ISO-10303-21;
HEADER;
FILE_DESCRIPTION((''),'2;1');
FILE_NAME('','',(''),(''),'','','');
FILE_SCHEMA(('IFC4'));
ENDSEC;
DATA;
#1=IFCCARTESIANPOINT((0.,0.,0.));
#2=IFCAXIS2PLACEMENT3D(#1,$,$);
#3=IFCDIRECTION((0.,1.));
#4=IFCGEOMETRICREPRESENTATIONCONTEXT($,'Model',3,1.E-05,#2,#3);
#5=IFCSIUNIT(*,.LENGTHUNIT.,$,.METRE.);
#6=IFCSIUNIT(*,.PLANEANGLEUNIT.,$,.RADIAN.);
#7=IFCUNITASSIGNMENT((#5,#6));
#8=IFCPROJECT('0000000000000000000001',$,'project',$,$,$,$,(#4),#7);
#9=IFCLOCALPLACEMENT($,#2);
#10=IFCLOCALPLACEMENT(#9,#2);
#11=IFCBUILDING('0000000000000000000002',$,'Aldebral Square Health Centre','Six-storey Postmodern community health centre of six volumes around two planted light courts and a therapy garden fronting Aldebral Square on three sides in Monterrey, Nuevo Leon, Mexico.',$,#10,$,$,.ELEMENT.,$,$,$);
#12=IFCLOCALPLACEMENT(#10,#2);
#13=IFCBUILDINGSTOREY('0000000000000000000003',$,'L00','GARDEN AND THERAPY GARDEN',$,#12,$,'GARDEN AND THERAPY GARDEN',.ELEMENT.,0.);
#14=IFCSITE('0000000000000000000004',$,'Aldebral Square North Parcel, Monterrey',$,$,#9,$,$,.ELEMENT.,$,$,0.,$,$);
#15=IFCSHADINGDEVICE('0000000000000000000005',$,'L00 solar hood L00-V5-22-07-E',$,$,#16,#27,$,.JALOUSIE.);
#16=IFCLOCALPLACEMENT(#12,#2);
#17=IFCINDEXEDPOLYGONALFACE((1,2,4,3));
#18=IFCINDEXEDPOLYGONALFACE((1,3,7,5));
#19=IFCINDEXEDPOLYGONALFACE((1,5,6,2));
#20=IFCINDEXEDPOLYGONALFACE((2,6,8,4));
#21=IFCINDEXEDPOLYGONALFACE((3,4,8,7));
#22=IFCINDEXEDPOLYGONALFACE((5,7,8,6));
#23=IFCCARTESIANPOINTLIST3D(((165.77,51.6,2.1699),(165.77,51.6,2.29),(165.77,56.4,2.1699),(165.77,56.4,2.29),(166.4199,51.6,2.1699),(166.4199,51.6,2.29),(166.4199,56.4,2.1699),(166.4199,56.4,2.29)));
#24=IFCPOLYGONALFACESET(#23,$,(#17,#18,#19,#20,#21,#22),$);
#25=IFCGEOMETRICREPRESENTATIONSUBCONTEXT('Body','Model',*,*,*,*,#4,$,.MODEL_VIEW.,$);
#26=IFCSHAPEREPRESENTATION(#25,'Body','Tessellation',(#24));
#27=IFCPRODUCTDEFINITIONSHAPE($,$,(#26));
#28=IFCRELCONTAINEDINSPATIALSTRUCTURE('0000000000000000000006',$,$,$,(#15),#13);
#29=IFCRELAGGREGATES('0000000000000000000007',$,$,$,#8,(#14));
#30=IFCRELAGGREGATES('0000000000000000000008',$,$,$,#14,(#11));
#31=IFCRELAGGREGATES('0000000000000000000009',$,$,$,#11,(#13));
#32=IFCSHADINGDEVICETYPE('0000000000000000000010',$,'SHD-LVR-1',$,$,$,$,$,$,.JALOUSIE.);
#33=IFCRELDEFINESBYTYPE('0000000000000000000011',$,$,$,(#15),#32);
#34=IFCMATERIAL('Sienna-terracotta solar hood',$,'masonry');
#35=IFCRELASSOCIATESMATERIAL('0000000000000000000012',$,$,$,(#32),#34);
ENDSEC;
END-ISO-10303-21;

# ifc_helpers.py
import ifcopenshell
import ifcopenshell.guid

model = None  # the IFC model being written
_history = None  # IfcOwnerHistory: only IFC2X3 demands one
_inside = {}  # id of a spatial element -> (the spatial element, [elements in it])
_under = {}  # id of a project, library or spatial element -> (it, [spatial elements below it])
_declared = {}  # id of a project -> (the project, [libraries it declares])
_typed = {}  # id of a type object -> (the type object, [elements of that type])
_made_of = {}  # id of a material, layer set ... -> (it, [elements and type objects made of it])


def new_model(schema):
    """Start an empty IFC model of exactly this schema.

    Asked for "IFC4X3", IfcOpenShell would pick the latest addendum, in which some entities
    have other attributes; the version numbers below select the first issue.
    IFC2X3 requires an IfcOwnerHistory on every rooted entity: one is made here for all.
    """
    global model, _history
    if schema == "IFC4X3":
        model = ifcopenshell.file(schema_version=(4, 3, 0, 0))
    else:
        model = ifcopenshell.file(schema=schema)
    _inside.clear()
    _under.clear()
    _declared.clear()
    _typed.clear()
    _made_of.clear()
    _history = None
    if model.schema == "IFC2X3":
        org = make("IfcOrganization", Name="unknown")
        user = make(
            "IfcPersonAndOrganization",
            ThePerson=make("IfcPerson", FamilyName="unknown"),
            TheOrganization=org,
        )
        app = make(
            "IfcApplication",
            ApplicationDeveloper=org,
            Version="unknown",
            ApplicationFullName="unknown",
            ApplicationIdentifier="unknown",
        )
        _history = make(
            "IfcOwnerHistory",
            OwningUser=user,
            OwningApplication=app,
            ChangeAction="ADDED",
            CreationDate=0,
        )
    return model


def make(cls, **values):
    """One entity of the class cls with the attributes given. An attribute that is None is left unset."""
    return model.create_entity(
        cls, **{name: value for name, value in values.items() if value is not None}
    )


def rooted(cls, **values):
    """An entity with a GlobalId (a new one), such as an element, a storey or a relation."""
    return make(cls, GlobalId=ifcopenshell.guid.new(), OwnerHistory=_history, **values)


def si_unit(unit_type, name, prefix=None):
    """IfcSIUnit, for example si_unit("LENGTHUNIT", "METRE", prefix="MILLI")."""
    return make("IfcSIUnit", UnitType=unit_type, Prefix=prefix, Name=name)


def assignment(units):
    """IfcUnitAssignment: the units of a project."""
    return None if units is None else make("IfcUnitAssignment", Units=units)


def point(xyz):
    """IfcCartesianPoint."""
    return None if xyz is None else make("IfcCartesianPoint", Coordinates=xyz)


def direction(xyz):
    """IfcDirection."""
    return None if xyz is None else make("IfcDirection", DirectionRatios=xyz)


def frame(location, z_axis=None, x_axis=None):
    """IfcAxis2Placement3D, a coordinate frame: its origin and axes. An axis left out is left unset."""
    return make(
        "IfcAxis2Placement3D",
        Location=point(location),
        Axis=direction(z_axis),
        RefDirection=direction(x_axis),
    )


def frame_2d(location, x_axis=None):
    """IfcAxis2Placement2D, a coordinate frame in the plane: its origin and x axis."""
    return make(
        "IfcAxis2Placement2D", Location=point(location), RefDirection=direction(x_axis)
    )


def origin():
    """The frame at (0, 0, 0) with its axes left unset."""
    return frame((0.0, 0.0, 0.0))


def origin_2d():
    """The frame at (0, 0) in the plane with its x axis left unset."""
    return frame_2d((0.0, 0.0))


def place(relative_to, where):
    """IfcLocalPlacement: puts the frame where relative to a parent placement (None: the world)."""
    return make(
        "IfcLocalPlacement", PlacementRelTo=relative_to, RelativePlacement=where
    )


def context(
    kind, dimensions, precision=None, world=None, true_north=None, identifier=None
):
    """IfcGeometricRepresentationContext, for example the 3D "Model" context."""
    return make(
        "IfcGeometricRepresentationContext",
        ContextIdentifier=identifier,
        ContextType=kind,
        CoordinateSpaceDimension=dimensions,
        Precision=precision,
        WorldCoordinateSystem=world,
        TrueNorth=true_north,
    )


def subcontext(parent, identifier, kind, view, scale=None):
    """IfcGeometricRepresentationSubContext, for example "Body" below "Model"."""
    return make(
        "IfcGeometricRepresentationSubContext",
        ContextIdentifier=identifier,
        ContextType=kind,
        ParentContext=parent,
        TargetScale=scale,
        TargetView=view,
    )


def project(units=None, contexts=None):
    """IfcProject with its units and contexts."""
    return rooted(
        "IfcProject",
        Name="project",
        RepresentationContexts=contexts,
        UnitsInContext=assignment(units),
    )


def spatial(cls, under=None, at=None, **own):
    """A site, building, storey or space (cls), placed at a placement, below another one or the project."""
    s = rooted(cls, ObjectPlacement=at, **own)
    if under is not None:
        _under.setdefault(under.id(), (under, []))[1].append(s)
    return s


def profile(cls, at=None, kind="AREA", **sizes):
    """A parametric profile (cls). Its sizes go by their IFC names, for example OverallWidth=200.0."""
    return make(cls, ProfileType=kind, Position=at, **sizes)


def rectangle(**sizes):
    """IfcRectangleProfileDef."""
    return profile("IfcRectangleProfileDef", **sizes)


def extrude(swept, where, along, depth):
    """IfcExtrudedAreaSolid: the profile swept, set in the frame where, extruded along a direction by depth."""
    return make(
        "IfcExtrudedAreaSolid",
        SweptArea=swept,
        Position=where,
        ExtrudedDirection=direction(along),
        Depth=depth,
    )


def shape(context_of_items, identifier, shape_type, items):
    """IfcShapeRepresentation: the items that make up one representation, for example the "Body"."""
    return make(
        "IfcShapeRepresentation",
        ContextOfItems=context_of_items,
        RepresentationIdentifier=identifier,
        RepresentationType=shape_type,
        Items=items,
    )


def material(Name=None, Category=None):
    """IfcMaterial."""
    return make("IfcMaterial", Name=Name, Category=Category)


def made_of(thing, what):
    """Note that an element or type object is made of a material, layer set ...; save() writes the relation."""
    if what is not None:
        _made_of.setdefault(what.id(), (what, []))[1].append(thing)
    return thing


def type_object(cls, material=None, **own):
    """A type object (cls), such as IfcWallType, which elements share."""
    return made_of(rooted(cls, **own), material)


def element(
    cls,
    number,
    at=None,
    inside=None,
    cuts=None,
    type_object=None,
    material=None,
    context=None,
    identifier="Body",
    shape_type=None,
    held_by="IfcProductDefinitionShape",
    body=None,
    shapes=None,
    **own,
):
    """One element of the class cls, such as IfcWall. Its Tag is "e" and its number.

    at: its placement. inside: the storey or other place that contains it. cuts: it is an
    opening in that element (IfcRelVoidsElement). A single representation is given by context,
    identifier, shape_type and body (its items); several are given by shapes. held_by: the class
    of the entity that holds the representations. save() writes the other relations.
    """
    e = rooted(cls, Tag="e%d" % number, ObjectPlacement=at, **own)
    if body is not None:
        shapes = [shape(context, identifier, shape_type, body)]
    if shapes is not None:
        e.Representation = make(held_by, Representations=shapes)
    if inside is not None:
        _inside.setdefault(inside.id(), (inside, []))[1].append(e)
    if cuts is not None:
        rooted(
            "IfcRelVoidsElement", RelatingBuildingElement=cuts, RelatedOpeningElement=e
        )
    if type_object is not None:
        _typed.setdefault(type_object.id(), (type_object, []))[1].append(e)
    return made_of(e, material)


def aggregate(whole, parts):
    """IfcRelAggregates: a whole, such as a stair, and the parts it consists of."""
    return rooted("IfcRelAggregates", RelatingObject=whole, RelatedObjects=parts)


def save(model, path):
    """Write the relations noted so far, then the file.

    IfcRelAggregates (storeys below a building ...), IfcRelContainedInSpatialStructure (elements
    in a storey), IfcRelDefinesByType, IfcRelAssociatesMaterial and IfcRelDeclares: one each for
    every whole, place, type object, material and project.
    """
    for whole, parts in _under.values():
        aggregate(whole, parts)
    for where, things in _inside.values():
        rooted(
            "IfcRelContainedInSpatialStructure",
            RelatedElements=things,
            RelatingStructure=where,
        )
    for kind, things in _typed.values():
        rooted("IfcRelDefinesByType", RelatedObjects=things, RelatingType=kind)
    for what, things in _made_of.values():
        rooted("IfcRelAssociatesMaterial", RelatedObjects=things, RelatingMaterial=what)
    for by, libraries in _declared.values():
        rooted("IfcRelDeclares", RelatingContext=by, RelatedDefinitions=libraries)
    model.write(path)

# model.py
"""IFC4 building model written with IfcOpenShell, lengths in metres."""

from ifc_helpers import new_model, si_unit, direction, frame, origin, origin_2d, place, context, subcontext, project, spatial, rectangle, extrude, material, type_object, element, save


model = new_model("IFC4")

# Units and contexts
model_context = context("Model", 3, precision=1e-05, world=origin(), true_north=direction((0.0, 1.0)))
body_context = subcontext(model_context, "Body", "Model", "MODEL_VIEW")
ifc_project = project(units=[si_unit("LENGTHUNIT", "METRE"), si_unit("PLANEANGLEUNIT", "RADIAN")], contexts=[model_context])

# Site, building, storey
site_placement = place(None, origin())
site = spatial("IfcSite", under=ifc_project, at=site_placement, Name="Aldebral Square North Parcel, Monterrey", CompositionType="ELEMENT", RefElevation=0.0)
building_placement = place(site_placement, origin())
building = spatial("IfcBuilding", under=site, at=building_placement, Name="Aldebral Square Health Centre", Description="Six-storey Postmodern community health centre of six volumes around two planted light courts and a therapy garden fronting Aldebral Square on three sides in Monterrey, Nuevo Leon, Mexico.", CompositionType="ELEMENT")
storey_placement = place(building_placement, origin())
storey = spatial("IfcBuildingStorey", under=building, at=storey_placement, Name="L00", Description="GARDEN AND THERAPY GARDEN", LongName="GARDEN AND THERAPY GARDEN", CompositionType="ELEMENT", Elevation=0.0)

# Shading device
ifc_material_1 = material(Name="Sienna-terracotta solar hood", Category="masonry")
shading_device_type = type_object("IfcShadingDeviceType", Name="SHD-LVR-1", PredefinedType="JALOUSIE", material=ifc_material_1)
shading_device_placement = place(storey_placement, frame((166.095, 54.0, 2.1699), z_axis=(0.0, 0.0, 1.0), x_axis=(0.0, 1.0, 0.0)))
element("IfcShadingDevice", 1, at=shading_device_placement, inside=storey, type_object=shading_device_type, Name="L00 solar hood L00-V5-22-07-E", PredefinedType="JALOUSIE", context=body_context, shape_type="SweptSolid", body=[
    extrude(rectangle(XDim=4.8, YDim=0.6499, at=origin_2d()), origin(), (0.0, 0.0, 1.0), 0.1201),
])

save(model, "model.ifc")
